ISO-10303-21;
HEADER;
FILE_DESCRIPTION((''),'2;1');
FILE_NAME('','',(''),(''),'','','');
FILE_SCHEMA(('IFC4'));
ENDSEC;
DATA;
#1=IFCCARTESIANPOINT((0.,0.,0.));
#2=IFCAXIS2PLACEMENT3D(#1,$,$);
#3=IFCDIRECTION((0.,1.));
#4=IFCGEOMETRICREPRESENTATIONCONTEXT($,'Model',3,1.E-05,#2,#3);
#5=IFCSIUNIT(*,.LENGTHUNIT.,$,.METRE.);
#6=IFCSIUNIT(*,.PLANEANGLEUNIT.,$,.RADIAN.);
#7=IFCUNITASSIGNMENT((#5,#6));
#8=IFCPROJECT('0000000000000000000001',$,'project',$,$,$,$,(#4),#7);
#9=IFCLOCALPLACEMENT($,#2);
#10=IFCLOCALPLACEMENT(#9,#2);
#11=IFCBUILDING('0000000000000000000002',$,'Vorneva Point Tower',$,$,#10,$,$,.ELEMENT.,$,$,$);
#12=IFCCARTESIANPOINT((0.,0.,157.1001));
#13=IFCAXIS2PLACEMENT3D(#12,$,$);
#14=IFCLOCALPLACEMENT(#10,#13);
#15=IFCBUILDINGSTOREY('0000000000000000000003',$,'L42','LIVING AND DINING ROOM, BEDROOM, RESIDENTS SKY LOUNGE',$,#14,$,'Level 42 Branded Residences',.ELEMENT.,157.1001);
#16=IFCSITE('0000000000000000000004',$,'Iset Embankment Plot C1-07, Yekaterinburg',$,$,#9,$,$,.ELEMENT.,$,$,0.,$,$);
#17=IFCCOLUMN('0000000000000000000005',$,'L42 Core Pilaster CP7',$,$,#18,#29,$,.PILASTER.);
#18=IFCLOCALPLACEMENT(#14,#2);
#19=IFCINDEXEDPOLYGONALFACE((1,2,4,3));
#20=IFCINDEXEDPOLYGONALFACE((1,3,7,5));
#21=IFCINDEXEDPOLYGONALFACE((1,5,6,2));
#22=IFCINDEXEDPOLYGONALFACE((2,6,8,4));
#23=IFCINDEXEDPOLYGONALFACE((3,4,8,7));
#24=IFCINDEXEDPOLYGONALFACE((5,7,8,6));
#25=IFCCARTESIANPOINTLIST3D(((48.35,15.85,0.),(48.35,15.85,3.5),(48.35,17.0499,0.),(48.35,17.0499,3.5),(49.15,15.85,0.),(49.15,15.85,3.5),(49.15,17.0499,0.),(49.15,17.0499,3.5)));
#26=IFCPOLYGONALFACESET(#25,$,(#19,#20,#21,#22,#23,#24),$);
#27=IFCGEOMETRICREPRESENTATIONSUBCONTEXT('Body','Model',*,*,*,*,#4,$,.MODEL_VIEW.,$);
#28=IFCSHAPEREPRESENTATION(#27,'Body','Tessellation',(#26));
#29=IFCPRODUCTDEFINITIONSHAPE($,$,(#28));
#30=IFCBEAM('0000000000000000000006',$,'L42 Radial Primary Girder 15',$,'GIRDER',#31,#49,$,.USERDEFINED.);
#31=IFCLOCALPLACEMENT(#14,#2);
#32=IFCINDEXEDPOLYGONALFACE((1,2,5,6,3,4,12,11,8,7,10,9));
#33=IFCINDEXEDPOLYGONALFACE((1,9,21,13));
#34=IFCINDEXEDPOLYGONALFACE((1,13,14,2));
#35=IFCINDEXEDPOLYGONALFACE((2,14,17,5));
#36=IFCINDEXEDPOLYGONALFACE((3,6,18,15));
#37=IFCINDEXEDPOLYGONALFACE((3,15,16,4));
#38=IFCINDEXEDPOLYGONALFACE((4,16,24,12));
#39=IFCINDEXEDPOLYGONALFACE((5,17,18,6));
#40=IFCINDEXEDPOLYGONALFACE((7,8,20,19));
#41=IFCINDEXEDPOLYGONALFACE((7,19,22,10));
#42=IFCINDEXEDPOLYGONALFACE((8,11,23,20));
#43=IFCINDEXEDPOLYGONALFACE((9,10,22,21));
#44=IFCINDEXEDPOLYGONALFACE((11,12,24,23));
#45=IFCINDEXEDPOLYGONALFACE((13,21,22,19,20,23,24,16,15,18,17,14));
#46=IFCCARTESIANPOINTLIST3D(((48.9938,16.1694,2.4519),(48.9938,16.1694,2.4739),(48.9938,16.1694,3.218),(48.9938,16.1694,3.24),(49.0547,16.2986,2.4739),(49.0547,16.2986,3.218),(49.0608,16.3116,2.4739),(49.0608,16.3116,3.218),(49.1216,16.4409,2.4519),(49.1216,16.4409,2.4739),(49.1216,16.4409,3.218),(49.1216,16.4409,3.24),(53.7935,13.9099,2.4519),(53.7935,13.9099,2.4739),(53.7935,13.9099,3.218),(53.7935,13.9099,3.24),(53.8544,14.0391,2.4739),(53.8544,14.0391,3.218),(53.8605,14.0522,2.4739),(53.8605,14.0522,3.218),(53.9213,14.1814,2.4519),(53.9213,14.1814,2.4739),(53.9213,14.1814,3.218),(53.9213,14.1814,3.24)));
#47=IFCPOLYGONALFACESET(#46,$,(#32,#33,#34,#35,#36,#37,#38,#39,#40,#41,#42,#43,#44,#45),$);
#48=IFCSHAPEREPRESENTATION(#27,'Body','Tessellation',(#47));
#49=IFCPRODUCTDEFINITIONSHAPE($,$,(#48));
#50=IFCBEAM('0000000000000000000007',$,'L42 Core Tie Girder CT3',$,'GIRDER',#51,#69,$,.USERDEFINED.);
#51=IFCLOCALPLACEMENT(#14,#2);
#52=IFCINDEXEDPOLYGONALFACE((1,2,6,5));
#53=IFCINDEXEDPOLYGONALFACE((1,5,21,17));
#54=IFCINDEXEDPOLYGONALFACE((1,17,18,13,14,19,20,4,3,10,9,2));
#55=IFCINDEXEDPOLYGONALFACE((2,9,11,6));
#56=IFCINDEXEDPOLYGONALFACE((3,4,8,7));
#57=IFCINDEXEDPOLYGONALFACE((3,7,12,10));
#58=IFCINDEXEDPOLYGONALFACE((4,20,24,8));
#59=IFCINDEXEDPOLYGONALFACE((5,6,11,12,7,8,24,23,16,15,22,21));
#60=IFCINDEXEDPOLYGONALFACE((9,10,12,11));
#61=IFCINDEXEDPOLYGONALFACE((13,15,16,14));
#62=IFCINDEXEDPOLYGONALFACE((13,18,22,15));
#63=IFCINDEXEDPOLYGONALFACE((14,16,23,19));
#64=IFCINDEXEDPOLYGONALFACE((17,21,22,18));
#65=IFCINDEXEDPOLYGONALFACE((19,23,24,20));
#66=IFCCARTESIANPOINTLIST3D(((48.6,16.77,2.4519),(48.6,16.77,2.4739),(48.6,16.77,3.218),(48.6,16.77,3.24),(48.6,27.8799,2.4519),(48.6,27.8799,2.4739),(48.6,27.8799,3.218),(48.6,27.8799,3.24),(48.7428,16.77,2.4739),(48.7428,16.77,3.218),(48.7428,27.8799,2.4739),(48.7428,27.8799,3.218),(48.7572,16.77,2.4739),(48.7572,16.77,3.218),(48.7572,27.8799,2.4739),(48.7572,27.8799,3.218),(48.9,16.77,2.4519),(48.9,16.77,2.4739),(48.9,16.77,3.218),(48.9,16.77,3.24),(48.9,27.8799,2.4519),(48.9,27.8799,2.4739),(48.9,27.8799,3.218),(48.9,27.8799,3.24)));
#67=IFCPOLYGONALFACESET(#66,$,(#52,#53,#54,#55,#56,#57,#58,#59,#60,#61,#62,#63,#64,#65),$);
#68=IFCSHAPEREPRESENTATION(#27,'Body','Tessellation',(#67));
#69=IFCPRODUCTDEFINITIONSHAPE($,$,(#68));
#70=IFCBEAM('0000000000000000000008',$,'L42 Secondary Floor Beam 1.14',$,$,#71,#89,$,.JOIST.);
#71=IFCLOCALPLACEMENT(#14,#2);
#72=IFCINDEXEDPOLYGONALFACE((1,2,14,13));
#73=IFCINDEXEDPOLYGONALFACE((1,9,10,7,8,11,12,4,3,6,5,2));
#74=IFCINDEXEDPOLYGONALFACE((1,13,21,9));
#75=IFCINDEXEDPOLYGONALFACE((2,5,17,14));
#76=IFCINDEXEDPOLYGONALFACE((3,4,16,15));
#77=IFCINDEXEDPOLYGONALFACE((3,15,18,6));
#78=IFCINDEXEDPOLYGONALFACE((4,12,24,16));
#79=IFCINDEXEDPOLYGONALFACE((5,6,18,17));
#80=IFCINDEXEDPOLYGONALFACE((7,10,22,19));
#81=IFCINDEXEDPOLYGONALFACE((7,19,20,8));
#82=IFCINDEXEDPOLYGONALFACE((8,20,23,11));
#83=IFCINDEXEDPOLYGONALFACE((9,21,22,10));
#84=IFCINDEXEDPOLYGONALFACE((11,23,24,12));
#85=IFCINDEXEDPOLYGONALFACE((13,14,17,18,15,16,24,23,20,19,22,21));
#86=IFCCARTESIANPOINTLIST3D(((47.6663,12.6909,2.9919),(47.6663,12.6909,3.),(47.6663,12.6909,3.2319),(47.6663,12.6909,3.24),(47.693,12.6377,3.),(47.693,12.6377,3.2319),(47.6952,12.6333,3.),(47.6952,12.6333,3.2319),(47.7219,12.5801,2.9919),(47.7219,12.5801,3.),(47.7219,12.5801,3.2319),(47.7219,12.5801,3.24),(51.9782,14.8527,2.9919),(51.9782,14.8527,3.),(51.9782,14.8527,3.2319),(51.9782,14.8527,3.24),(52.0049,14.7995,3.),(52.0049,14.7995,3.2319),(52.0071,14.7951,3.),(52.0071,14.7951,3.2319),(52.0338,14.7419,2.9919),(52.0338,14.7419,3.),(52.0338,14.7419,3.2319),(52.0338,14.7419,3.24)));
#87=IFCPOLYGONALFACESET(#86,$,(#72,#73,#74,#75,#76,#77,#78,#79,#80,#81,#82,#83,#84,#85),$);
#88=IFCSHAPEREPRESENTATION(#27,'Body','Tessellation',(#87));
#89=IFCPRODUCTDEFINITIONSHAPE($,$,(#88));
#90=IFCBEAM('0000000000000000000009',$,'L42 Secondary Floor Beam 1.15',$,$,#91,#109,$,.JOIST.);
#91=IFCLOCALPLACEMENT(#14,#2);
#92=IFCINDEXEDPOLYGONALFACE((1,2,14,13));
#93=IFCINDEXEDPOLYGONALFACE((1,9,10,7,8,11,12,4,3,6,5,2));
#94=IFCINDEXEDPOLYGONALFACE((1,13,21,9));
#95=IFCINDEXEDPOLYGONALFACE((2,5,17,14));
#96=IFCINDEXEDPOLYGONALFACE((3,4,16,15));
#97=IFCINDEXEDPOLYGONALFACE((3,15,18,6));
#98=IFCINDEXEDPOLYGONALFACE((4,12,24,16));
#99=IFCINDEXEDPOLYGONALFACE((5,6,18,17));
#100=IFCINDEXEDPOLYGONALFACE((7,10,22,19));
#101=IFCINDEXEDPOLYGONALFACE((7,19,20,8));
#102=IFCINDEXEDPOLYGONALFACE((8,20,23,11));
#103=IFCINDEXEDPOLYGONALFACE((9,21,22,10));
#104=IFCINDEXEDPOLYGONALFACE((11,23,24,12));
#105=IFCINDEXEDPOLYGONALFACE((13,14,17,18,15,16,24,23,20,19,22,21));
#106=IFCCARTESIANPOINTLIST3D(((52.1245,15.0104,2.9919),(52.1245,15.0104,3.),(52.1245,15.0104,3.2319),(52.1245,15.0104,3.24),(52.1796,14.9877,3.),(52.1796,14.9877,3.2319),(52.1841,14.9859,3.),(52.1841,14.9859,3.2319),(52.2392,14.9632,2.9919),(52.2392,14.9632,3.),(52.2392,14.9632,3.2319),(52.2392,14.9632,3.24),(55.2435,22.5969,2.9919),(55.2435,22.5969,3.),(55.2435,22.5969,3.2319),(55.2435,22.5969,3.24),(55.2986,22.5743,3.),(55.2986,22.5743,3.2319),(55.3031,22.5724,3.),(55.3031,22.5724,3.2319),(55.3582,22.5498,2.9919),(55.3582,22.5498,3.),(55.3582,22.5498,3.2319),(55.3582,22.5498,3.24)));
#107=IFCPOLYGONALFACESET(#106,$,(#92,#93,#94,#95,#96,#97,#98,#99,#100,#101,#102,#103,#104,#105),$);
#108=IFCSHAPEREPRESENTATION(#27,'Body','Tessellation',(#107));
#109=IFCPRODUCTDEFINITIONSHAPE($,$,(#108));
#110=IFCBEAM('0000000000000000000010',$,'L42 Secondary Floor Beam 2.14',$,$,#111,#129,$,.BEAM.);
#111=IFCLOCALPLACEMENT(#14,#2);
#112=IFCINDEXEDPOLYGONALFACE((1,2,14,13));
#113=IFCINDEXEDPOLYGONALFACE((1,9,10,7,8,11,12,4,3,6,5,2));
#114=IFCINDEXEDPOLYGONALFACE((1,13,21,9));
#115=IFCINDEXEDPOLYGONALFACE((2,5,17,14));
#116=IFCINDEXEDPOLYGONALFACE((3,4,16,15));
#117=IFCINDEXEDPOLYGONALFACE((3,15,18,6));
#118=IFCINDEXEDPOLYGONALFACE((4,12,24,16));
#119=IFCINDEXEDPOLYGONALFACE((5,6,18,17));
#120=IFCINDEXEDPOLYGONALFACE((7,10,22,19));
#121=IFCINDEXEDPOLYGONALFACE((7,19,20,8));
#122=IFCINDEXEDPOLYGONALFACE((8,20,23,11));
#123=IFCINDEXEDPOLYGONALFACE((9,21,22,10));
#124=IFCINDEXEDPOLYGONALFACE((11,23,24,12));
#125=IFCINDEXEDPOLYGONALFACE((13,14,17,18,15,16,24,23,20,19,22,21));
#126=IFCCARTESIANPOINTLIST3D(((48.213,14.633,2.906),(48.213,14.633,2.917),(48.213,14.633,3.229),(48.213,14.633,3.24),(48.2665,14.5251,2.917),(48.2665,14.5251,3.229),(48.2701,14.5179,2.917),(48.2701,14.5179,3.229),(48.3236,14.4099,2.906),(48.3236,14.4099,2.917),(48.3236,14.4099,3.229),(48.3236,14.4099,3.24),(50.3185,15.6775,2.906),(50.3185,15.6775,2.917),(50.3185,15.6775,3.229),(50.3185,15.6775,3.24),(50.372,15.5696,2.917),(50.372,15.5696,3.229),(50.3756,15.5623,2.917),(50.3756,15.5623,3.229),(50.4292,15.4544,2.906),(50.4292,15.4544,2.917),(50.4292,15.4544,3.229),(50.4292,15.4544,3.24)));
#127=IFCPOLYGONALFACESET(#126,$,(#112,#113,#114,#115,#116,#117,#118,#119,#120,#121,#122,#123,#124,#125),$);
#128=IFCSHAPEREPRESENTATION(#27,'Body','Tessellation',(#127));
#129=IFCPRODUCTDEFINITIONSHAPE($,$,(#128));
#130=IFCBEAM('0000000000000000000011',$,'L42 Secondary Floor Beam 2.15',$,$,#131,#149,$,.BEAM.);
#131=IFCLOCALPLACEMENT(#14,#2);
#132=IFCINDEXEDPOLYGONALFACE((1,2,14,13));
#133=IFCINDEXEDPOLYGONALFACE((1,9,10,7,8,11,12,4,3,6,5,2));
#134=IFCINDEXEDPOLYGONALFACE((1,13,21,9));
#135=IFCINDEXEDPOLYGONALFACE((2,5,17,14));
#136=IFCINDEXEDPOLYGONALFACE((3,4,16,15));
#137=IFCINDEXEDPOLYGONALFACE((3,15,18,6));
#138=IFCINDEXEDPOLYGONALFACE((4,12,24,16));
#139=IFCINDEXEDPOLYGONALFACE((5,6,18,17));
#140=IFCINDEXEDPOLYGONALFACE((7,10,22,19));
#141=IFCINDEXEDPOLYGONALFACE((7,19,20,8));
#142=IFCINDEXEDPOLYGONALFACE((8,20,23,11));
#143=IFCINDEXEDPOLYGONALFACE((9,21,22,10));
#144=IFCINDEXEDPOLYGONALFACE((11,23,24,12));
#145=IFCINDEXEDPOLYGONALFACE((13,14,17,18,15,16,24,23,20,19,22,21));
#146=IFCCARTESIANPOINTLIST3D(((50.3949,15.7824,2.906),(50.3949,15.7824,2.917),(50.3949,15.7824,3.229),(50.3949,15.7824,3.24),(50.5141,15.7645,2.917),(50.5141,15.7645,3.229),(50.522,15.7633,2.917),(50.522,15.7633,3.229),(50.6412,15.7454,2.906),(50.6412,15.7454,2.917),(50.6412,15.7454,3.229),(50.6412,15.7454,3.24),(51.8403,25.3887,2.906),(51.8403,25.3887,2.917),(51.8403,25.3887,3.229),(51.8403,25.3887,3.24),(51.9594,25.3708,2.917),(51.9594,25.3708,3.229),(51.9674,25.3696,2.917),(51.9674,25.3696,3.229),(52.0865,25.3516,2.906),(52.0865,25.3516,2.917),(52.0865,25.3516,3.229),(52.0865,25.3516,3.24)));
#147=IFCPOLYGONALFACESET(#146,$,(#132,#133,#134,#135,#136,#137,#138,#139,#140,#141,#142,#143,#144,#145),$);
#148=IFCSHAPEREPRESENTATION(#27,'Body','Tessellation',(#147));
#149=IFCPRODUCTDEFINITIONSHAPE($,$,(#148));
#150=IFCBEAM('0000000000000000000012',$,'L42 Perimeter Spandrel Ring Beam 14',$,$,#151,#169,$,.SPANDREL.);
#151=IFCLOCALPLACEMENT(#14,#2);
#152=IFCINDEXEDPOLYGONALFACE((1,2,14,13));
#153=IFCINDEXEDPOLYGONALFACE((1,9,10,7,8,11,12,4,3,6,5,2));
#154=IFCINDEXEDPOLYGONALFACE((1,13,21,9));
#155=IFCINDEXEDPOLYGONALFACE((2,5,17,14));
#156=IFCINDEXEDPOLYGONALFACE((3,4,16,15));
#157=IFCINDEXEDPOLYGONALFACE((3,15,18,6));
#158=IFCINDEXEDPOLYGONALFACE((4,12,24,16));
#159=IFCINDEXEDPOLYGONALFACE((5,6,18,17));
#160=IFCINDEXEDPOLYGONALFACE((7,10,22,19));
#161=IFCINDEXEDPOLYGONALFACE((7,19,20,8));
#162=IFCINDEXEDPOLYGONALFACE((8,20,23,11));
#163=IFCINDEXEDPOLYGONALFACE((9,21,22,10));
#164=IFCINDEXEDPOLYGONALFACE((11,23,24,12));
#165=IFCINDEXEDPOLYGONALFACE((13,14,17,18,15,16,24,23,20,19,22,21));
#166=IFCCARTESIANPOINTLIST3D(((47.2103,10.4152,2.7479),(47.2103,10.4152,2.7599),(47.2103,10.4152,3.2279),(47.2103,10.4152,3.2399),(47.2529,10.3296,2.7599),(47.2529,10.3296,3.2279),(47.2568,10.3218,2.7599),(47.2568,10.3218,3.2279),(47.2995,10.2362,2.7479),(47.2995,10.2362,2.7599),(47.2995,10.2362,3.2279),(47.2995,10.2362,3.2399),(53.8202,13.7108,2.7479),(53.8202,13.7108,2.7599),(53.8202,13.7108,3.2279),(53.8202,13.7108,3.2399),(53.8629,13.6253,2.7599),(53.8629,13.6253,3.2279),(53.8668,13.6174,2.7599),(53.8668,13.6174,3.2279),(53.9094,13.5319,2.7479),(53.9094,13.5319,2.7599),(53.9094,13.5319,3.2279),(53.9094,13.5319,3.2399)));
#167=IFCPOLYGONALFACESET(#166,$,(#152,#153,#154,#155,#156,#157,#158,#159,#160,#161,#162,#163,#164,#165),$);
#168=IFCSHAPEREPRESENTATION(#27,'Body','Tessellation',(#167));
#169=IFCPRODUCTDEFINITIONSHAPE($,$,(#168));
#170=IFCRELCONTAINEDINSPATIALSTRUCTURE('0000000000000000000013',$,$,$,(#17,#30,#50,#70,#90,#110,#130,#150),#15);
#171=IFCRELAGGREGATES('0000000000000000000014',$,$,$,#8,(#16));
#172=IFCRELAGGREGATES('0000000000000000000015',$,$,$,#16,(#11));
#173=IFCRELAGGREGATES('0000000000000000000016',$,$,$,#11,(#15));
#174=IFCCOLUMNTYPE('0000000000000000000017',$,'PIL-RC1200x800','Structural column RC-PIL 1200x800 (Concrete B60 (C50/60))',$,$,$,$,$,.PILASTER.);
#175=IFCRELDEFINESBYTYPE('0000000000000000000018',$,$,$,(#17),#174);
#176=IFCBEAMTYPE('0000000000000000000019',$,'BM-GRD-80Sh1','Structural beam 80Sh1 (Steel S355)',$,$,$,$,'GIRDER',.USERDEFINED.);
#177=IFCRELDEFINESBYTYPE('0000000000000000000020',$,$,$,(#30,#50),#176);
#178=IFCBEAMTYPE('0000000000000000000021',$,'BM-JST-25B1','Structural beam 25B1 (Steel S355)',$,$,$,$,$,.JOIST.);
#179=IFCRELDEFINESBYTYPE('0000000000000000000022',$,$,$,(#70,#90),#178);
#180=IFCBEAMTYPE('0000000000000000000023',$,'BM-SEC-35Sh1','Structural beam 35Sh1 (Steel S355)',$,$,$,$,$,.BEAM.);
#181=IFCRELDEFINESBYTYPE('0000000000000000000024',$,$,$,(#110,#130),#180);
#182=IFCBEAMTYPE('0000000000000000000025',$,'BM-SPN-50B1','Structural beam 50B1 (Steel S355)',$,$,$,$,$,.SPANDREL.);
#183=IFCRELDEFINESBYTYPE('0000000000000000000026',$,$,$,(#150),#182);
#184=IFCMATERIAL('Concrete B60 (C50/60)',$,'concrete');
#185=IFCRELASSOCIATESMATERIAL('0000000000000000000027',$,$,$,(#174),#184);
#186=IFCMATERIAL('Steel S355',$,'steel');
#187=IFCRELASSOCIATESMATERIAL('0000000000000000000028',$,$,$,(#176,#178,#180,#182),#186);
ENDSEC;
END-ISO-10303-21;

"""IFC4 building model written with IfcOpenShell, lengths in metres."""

from ifc_helpers import new_model, si_unit, direction, frame, origin, origin_2d, place, context, subcontext, project, spatial, rectangle, i_section, extrude, material, material_profile, profile_set, type_object, element, save


model = new_model("IFC4")

# Units and contexts
model_context = context("Model", 3, precision=1e-05, world=origin(), true_north=direction((0.0, 1.0)))
body_context = subcontext(model_context, "Body", "Model", "MODEL_VIEW")
ifc_project = project(units=[si_unit("LENGTHUNIT", "METRE"), si_unit("PLANEANGLEUNIT", "RADIAN")], contexts=[model_context])

# Site, building, storey
site_placement = place(None, origin())
site = spatial("IfcSite", under=ifc_project, at=site_placement, Name="Iset Embankment Plot C1-07, Yekaterinburg", CompositionType="ELEMENT", RefElevation=0.0)
building_placement = place(site_placement, origin())
building = spatial("IfcBuilding", under=site, at=building_placement, Name="Vorneva Point Tower", CompositionType="ELEMENT")
storey_placement = place(building_placement, frame((0.0, 0.0, 157.1001)))
storey = spatial("IfcBuildingStorey", under=building, at=storey_placement, Name="L42", Description="LIVING AND DINING ROOM, BEDROOM, RESIDENTS SKY LOUNGE", LongName="Level 42 Branded Residences", CompositionType="ELEMENT", Elevation=157.1001)

# Column
ifc_material_1 = material(Name="Concrete B60 (C50/60)", Category="concrete")
ifc_material_profile_1 = material_profile(ifc_material_1, rectangle(XDim=0.8, YDim=1.2, at=origin_2d()), Name="RC-PIL 1200x800")
ifc_profile_set_1 = profile_set([ifc_material_profile_1], Name="Concrete B60 (C50/60)")
column_type_1 = type_object("IfcColumnType", Name="PIL-RC1200x800", Description="Structural column RC-PIL 1200x800 (Concrete B60 (C50/60))", PredefinedType="PILASTER", material=ifc_profile_set_1)
column_1_placement = place(storey_placement, frame((48.75, 16.45, 0.0), z_axis=(0.0, 0.0, 1.0), x_axis=(1.0, 0.0, 0.0)))
element("IfcColumn", 1, at=column_1_placement, inside=storey, type_object=column_type_1, Name="L42 Core Pilaster CP7", PredefinedType="PILASTER", context=body_context, shape_type="SweptSolid", body=[
    extrude(rectangle(XDim=0.8, YDim=1.2, at=origin_2d()), origin(), (0.0, 0.0, 1.0), 3.5),
])

# Beams
ifc_material_2 = material(Name="Steel S355", Category="steel")
ifc_material_profile_2 = material_profile(ifc_material_2, i_section(OverallWidth=0.3, OverallDepth=0.7881, WebThickness=0.0144, FlangeThickness=0.022, at=origin_2d()), Name="80Sh1")
ifc_profile_set_2 = profile_set([ifc_material_profile_2], Name="Steel S355")
beam_type_1 = type_object("IfcBeamType", Name="BM-GRD-80Sh1", Description="Structural beam 80Sh1 (Steel S355)", ElementType="GIRDER", PredefinedType="USERDEFINED", material=ifc_profile_set_2)
beam_1_placement = place(storey_placement, frame((53.8574, 14.0457, 2.8459), z_axis=(-0.904761, 0.425919, 0.0), x_axis=(-0.425919, -0.904761, 0.0)))
element("IfcBeam", 2, at=beam_1_placement, inside=storey, type_object=beam_type_1, Name="L42 Radial Primary Girder 15", ObjectType="GIRDER", PredefinedType="USERDEFINED", context=body_context, shape_type="SweptSolid", body=[
    extrude(i_section(OverallWidth=0.3, OverallDepth=0.7881, WebThickness=0.0144, FlangeThickness=0.022, at=origin_2d()), origin(), (0.0, 0.0, 1.0), 5.3049),
])
beam_2_placement = place(storey_placement, frame((48.75, 16.77, 2.8459), z_axis=(0.0, 1.0, 0.0), x_axis=(-1.0, 0.0, 0.0)))
element("IfcBeam", 3, at=beam_2_placement, inside=storey, type_object=beam_type_1, Name="L42 Core Tie Girder CT3", ObjectType="GIRDER", PredefinedType="USERDEFINED", context=body_context, shape_type="SweptSolid", body=[
    extrude(i_section(OverallWidth=0.3, OverallDepth=0.7881, WebThickness=0.0144, FlangeThickness=0.022, at=origin_2d()), origin(), (0.0, 0.0, 1.0), 11.1099),
])
ifc_material_profile_3 = material_profile(ifc_material_2, i_section(OverallWidth=0.124, OverallDepth=0.248, WebThickness=0.0049, FlangeThickness=0.0081, at=origin_2d()), Name="25B1")
ifc_profile_set_3 = profile_set([ifc_material_profile_3], Name="Steel S355")
beam_type_2 = type_object("IfcBeamType", Name="BM-JST-25B1", Description="Structural beam 25B1 (Steel S355)", PredefinedType="JOIST", material=ifc_profile_set_3)
beam_3_placement = place(storey_placement, frame((47.6941, 12.6355, 3.116), z_axis=(0.893941, 0.448185, 0.0), x_axis=(-0.448185, 0.893941, 0.0)))
element("IfcBeam", 4, at=beam_3_placement, inside=storey, type_object=beam_type_2, Name="L42 Secondary Floor Beam 1.14", PredefinedType="JOIST", context=body_context, shape_type="SweptSolid", body=[
    extrude(i_section(OverallWidth=0.124, OverallDepth=0.248, WebThickness=0.0049, FlangeThickness=0.0081, at=origin_2d()), origin(), (0.0, 0.0, 1.0), 4.8235),
])
beam_4_placement = place(storey_placement, frame((52.1819, 14.9868, 3.116), z_axis=(0.380236, 0.924889, 0.0), x_axis=(-0.924889, 0.380236, 0.0)))
element("IfcBeam", 5, at=beam_4_placement, inside=storey, type_object=beam_type_2, Name="L42 Secondary Floor Beam 1.15", PredefinedType="JOIST", context=body_context, shape_type="SweptSolid", body=[
    extrude(i_section(OverallWidth=0.124, OverallDepth=0.248, WebThickness=0.0049, FlangeThickness=0.0081, at=origin_2d()), origin(), (0.0, 0.0, 1.0), 8.2026),
])
ifc_material_profile_4 = material_profile(ifc_material_2, i_section(OverallWidth=0.249, OverallDepth=0.334, WebThickness=0.0081, FlangeThickness=0.011, at=origin_2d()), Name="35Sh1")
ifc_profile_set_4 = profile_set([ifc_material_profile_4], Name="Steel S355")
beam_type_3 = type_object("IfcBeamType", Name="BM-SEC-35Sh1", Description="Structural beam 35Sh1 (Steel S355)", PredefinedType="BEAM", material=ifc_profile_set_4)
beam_5_placement = place(storey_placement, frame((48.2683, 14.5215, 3.073), z_axis=(0.895835, 0.444386, 0.0), x_axis=(-0.444386, 0.895835, 0.0)))
element("IfcBeam", 6, at=beam_5_placement, inside=storey, type_object=beam_type_3, Name="L42 Secondary Floor Beam 2.14", PredefinedType="BEAM", context=body_context, shape_type="SweptSolid", body=[
    extrude(i_section(OverallWidth=0.249, OverallDepth=0.334, WebThickness=0.0081, FlangeThickness=0.011, at=origin_2d()), origin(), (0.0, 0.0, 1.0), 2.3503),
])
beam_6_placement = place(storey_placement, frame((50.5181, 15.7639, 3.073), z_axis=(0.148782, 0.98887, 0.0), x_axis=(-0.98887, 0.148782, 0.0)))
element("IfcBeam", 7, at=beam_6_placement, inside=storey, type_object=beam_type_3, Name="L42 Secondary Floor Beam 2.15", PredefinedType="BEAM", context=body_context, shape_type="SweptSolid", body=[
    extrude(i_section(OverallWidth=0.249, OverallDepth=0.334, WebThickness=0.0081, FlangeThickness=0.011, at=origin_2d()), origin(), (0.0, 0.0, 1.0), 9.7144),
])
ifc_material_profile_5 = material_profile(ifc_material_2, i_section(OverallWidth=0.2, OverallDepth=0.4919, WebThickness=0.0088, FlangeThickness=0.012, at=origin_2d()), Name="50B1")
ifc_profile_set_5 = profile_set([ifc_material_profile_5], Name="Steel S355")
beam_type_4 = type_object("IfcBeamType", Name="BM-SPN-50B1", Description="Structural beam 50B1 (Steel S355)", PredefinedType="SPANDREL", material=ifc_profile_set_5)
beam_7_placement = place(storey_placement, frame((47.2549, 10.3257, 2.9939), z_axis=(0.894929, 0.446208, 0.0), x_axis=(-0.446208, 0.894929, 0.0)))
element("IfcBeam", 8, at=beam_7_placement, inside=storey, type_object=beam_type_4, Name="L42 Perimeter Spandrel Ring Beam 14", PredefinedType="SPANDREL", context=body_context, shape_type="SweptSolid", body=[
    extrude(i_section(OverallWidth=0.2, OverallDepth=0.4919, WebThickness=0.0088, FlangeThickness=0.012, at=origin_2d()), origin(), (0.0, 0.0, 1.0), 7.386),
])

save(model, "model.ifc")
